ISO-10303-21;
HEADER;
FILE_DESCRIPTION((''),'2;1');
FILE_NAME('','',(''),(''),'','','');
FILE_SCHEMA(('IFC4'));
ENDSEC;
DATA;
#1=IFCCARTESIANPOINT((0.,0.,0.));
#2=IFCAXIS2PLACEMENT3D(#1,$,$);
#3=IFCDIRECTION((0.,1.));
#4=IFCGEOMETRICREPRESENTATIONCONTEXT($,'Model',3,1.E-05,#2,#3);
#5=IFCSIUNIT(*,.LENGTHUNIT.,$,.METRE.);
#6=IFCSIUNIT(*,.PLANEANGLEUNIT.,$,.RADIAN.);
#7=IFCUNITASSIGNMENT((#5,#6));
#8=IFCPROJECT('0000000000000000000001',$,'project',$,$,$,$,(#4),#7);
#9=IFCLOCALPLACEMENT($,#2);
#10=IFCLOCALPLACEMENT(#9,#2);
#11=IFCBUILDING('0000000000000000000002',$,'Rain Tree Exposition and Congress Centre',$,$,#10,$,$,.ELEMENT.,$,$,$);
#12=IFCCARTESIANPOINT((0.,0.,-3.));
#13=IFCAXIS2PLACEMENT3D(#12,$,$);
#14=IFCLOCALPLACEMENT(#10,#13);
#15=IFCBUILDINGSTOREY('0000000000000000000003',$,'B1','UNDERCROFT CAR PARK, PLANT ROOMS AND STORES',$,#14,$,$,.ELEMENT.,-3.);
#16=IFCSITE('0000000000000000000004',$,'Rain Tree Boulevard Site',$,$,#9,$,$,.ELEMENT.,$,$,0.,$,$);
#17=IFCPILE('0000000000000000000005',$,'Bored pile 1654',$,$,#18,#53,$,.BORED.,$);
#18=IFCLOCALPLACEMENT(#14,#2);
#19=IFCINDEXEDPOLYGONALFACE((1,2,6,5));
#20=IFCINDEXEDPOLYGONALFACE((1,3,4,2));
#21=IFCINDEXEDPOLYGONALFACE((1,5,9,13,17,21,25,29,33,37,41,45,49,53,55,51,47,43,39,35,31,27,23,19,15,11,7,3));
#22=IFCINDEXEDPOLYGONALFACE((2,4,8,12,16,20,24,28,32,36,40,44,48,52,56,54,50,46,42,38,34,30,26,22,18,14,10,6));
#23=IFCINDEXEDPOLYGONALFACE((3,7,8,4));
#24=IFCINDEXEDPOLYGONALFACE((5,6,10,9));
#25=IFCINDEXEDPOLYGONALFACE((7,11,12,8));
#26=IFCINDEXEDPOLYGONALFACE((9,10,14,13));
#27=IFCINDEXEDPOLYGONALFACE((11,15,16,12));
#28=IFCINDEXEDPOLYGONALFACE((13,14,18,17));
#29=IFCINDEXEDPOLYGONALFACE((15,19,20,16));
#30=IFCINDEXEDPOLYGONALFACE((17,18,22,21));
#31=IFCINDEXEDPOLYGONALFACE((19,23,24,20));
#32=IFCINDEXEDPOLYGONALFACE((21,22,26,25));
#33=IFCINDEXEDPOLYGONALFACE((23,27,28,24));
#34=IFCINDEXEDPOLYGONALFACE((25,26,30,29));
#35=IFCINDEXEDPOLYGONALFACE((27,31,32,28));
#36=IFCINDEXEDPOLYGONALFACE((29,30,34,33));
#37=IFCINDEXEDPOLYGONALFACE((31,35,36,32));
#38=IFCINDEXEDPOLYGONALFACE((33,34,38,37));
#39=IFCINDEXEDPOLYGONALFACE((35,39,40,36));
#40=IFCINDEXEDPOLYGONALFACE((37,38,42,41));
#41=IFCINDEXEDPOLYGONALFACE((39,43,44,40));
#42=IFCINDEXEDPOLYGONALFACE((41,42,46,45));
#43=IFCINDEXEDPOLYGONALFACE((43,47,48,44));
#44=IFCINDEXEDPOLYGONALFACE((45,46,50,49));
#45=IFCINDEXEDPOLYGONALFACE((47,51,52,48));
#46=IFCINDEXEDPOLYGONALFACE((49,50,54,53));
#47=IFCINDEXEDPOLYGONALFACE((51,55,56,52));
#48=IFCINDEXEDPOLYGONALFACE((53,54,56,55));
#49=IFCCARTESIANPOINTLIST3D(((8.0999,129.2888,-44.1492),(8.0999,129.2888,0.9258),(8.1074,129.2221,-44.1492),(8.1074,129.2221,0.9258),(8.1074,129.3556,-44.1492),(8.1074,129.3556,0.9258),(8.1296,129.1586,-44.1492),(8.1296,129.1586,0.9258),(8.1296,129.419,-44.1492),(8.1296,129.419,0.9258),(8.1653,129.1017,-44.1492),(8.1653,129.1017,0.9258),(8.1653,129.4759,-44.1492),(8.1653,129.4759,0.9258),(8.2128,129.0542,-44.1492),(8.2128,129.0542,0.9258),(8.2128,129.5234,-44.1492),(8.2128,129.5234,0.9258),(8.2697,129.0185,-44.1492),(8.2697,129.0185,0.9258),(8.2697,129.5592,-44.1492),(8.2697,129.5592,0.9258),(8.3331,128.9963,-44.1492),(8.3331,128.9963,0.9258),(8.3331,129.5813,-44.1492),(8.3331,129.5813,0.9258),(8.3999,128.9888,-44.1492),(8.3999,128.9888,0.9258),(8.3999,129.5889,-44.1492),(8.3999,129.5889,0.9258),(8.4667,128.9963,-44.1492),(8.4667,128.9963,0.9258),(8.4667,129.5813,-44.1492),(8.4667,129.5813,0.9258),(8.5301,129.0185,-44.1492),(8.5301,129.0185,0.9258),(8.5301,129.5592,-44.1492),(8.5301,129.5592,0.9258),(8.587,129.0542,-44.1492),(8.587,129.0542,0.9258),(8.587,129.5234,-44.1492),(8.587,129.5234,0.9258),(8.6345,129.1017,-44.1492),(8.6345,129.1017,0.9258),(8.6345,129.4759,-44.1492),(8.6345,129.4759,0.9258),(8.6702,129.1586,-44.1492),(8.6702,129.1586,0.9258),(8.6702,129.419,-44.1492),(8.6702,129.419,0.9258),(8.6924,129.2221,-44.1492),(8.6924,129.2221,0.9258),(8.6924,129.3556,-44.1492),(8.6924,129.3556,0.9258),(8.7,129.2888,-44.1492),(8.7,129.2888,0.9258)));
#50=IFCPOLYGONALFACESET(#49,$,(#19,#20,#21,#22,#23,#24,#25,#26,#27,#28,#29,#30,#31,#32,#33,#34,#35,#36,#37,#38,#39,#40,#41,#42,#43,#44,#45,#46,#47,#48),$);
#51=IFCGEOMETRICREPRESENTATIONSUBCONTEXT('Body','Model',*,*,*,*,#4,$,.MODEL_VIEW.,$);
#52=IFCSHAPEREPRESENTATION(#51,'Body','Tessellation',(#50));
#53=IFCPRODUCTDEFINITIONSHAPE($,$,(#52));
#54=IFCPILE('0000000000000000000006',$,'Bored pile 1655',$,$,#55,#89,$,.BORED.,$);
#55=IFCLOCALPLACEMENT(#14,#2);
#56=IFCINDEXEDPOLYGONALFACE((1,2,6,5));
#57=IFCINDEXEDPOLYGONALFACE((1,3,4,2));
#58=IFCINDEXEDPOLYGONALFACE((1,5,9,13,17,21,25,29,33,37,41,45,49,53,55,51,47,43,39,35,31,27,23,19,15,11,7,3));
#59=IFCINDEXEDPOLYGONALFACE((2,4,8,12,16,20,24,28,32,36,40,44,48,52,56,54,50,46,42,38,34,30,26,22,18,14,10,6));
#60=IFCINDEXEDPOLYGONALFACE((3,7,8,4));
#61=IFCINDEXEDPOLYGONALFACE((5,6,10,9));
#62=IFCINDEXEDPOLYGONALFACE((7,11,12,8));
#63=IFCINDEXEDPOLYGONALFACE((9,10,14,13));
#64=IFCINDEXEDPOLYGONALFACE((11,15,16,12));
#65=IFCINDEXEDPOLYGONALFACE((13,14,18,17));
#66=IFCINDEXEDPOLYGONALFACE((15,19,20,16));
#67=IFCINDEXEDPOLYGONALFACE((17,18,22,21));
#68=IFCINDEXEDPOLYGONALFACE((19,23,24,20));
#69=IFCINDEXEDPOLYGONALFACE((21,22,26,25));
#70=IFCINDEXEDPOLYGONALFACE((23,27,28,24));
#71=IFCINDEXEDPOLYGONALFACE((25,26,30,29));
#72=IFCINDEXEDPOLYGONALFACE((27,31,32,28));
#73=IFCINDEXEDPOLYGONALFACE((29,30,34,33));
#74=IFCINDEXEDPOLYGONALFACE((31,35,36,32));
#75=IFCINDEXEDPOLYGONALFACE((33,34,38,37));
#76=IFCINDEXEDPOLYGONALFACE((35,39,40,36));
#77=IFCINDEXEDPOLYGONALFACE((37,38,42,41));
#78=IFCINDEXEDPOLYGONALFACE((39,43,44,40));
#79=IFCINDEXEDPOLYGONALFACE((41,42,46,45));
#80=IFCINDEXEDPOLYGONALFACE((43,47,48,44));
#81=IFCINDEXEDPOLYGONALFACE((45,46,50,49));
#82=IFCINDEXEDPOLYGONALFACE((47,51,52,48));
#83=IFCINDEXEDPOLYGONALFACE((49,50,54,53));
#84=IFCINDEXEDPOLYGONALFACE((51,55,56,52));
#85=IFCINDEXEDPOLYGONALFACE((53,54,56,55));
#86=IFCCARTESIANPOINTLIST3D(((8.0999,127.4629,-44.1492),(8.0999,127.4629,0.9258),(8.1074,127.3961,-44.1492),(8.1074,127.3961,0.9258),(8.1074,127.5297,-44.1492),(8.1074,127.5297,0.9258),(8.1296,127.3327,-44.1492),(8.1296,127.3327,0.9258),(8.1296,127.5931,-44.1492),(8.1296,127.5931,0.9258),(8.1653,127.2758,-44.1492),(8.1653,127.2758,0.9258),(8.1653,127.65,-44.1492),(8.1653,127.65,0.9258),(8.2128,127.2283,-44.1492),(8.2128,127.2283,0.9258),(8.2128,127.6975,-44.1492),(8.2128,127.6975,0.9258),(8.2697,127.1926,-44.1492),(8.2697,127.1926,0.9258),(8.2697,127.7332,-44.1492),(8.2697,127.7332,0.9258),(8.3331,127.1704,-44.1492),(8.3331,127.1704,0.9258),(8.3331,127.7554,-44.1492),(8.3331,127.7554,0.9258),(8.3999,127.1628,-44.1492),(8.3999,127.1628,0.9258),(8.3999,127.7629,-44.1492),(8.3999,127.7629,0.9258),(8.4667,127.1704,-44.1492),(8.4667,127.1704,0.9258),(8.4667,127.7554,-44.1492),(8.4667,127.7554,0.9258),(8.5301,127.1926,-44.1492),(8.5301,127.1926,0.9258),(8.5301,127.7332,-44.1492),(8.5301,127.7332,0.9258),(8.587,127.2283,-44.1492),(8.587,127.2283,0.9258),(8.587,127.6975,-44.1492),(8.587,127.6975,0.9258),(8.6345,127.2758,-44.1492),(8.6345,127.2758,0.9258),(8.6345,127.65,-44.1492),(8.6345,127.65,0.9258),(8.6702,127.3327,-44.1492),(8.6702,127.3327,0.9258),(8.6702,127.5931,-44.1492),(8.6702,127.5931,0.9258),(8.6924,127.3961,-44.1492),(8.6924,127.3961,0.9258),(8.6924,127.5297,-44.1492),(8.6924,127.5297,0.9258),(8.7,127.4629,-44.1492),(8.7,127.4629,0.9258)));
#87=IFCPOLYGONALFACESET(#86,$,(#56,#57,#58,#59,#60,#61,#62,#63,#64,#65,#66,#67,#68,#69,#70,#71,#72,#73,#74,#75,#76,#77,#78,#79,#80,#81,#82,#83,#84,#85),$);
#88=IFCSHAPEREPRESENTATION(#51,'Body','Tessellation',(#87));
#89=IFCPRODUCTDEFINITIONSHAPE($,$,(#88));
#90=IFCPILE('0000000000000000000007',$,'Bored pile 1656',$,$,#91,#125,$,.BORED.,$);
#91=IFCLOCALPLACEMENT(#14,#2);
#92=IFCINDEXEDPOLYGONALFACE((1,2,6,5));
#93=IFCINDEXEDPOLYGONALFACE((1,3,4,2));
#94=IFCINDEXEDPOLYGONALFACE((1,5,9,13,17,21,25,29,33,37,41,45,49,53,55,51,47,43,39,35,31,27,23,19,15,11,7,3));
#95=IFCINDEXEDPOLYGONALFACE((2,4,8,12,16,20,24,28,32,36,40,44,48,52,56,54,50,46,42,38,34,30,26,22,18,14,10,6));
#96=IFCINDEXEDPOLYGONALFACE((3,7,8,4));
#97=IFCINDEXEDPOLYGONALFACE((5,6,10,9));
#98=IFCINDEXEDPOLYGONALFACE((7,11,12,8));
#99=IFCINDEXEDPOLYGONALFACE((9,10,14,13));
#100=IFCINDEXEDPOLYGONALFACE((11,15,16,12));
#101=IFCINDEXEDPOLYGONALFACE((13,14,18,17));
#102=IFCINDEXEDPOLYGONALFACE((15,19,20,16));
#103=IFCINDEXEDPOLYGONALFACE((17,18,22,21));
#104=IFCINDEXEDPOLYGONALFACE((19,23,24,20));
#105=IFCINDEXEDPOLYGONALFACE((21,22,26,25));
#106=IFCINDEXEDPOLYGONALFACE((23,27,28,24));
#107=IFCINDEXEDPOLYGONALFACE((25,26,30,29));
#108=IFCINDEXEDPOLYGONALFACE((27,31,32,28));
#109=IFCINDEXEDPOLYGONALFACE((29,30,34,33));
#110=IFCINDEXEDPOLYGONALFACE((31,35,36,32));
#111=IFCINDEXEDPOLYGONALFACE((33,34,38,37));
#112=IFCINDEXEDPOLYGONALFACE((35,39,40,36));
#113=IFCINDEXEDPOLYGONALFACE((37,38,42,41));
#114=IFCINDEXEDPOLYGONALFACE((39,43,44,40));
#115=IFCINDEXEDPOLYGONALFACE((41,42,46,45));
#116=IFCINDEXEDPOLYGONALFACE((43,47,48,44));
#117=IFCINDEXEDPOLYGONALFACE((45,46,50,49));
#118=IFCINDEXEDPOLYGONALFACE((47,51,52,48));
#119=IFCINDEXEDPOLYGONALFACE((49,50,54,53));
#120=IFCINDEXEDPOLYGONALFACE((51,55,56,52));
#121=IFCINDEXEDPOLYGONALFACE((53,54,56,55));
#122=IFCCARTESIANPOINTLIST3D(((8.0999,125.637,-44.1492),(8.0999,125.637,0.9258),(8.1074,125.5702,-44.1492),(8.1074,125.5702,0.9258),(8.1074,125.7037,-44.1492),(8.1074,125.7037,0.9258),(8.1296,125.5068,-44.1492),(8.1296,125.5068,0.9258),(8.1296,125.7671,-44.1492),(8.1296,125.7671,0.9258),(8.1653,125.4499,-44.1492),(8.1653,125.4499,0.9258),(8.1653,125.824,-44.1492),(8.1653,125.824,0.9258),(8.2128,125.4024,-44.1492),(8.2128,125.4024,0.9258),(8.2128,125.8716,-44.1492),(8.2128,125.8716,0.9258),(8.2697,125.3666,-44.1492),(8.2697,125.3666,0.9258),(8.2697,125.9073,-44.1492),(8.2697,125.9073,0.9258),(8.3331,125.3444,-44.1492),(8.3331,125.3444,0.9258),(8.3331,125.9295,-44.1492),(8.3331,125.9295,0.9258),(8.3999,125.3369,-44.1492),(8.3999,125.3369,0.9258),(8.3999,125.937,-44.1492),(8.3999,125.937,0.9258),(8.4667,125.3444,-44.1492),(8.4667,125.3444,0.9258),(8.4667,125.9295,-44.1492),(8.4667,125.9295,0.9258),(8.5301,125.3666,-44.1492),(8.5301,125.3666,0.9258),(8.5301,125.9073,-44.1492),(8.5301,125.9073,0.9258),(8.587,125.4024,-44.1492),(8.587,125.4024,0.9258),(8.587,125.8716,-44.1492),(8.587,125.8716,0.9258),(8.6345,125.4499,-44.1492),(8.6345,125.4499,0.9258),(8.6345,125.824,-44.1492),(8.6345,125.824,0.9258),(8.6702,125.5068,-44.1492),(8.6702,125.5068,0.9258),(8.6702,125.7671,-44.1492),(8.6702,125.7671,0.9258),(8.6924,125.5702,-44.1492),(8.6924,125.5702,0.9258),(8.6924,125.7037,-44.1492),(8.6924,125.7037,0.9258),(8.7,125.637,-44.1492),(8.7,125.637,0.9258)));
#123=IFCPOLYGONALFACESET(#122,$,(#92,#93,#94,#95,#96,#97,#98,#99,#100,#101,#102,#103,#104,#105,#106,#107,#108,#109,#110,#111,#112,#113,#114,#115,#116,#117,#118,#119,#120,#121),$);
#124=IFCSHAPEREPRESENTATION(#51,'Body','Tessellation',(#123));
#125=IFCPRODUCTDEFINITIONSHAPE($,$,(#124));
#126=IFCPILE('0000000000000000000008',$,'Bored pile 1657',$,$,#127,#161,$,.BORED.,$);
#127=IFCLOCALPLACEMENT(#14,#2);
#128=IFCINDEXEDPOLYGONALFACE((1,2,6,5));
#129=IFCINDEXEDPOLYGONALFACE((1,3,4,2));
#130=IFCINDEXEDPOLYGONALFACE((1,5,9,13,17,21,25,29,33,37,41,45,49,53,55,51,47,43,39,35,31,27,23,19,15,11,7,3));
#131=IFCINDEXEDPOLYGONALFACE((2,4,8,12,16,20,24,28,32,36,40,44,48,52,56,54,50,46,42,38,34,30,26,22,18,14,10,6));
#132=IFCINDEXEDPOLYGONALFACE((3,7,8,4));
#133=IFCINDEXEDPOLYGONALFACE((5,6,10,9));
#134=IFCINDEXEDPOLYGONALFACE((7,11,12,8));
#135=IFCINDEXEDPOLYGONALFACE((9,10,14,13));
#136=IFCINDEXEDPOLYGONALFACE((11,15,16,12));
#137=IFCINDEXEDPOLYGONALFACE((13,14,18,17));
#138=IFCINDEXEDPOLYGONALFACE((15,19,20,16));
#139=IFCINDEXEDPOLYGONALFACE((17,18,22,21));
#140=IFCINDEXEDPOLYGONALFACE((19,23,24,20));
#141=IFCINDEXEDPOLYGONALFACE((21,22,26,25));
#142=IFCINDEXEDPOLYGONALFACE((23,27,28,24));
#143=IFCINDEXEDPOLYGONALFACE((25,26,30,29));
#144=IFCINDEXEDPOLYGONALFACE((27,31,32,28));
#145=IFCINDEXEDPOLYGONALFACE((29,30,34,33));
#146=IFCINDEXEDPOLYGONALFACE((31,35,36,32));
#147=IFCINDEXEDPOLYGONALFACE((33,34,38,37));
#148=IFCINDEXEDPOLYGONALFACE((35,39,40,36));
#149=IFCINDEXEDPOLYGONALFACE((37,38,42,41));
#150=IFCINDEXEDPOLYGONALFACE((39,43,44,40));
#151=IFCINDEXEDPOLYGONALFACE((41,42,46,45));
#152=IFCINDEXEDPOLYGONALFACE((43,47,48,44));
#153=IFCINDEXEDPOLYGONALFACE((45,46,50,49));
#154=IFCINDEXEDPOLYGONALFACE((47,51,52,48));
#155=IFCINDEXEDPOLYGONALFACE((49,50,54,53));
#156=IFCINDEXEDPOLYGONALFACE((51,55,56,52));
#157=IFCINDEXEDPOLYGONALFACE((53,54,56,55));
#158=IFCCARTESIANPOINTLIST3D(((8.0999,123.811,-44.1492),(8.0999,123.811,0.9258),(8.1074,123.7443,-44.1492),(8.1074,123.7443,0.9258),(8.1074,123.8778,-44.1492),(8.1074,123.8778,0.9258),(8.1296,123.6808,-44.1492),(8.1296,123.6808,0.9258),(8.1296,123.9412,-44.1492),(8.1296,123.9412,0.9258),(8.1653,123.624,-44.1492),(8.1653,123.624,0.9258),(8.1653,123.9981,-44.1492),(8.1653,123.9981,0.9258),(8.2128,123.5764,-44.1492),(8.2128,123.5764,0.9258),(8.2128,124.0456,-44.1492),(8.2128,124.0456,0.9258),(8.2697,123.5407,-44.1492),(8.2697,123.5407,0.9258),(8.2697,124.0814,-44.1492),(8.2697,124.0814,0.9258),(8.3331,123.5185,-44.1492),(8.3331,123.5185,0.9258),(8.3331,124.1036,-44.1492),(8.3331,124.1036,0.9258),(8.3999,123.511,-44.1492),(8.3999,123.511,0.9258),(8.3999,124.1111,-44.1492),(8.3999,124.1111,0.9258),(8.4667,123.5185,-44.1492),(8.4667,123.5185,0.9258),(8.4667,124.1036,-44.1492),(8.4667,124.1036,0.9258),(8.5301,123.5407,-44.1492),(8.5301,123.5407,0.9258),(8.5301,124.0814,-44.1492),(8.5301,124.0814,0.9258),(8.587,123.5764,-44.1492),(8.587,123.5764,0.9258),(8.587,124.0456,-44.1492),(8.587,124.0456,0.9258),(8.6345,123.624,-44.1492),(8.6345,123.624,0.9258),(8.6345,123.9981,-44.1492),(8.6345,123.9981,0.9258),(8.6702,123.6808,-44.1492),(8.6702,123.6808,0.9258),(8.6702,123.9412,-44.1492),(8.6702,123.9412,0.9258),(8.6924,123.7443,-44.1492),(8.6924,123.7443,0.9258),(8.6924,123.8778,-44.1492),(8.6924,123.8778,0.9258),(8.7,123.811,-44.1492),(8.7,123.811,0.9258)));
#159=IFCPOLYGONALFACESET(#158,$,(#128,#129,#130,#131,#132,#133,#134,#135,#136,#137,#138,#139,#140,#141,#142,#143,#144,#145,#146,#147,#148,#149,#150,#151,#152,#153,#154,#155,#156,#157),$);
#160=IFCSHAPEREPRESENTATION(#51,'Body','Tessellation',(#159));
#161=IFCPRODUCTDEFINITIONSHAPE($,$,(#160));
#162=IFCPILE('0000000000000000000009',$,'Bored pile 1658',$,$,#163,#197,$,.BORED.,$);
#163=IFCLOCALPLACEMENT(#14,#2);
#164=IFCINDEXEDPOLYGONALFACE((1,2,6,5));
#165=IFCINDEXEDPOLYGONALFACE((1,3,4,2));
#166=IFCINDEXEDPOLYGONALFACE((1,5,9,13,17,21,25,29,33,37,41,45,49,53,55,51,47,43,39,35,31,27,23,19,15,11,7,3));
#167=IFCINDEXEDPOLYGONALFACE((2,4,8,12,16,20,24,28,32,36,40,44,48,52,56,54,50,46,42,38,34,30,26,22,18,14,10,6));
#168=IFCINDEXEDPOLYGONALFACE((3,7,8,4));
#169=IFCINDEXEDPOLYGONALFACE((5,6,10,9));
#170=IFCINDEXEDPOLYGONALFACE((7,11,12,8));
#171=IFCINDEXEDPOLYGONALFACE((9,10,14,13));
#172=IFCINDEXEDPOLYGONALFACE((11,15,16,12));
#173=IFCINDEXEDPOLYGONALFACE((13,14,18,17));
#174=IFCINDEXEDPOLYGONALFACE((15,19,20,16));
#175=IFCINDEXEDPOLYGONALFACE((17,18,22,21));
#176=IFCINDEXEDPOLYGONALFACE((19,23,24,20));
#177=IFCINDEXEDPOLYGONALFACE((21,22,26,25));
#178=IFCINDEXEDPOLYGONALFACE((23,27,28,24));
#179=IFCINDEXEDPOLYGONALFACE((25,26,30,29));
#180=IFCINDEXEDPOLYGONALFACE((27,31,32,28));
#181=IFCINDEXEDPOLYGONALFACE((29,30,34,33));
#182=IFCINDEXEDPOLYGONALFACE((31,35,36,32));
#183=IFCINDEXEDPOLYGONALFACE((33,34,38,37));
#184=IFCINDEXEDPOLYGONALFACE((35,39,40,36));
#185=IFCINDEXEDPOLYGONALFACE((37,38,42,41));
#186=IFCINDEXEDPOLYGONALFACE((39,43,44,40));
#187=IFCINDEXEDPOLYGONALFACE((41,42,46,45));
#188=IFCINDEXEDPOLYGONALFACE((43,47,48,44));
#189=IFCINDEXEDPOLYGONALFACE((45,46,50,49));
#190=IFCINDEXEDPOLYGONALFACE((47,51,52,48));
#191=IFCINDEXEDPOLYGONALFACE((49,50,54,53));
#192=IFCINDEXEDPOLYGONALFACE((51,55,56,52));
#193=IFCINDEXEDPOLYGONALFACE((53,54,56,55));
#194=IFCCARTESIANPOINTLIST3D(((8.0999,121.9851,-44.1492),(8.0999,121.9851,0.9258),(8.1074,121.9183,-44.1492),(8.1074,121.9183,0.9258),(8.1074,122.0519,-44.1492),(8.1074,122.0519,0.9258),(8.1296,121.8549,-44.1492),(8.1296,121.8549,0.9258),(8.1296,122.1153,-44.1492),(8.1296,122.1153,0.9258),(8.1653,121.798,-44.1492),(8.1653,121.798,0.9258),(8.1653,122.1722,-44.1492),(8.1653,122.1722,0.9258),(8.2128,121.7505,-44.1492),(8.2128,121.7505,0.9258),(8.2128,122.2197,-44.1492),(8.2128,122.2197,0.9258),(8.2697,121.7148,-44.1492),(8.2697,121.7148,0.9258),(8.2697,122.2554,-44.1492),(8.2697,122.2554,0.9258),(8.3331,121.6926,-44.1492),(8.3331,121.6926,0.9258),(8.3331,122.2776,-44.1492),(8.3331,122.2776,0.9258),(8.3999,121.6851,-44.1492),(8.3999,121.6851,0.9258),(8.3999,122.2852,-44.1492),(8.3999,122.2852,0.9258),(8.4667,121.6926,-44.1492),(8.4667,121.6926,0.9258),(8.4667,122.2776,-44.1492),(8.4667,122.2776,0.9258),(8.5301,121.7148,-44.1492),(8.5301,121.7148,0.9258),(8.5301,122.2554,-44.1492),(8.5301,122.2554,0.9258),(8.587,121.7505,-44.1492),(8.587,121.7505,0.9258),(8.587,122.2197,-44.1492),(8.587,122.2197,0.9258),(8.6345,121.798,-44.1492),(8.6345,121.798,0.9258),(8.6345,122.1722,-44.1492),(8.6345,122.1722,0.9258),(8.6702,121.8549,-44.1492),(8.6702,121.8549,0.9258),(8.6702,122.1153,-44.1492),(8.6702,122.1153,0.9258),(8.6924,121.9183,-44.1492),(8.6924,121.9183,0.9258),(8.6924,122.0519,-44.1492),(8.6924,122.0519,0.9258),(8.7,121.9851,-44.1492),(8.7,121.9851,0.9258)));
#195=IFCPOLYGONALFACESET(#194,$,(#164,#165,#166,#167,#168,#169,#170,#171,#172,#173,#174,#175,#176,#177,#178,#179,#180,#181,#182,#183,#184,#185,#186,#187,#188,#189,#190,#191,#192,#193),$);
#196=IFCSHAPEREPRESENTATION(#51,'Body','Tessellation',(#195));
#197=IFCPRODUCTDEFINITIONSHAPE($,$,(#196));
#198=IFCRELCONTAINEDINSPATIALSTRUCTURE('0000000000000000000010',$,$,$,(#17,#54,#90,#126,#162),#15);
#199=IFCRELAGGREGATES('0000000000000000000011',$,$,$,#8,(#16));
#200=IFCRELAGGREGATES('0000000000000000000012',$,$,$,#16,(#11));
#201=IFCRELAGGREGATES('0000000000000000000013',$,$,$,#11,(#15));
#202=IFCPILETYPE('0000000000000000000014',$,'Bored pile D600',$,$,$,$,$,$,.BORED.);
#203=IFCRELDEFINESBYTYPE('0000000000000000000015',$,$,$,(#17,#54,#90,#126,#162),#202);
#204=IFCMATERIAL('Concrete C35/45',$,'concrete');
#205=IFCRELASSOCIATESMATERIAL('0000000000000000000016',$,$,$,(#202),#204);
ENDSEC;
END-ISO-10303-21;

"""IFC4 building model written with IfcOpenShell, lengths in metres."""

from ifc_helpers import new_model, si_unit, direction, frame, origin, origin_2d, place, context, subcontext, project, spatial, circle, extrude, material, material_profile, profile_set, type_object, element, save


model = new_model("IFC4")

# Units and contexts
model_context = context("Model", 3, precision=1e-05, world=origin(), true_north=direction((0.0, 1.0)))
body_context = subcontext(model_context, "Body", "Model", "MODEL_VIEW")
ifc_project = project(units=[si_unit("LENGTHUNIT", "METRE"), si_unit("PLANEANGLEUNIT", "RADIAN")], contexts=[model_context])

# Site, building, storey
site_placement = place(None, origin())
site = spatial("IfcSite", under=ifc_project, at=site_placement, Name="Rain Tree Boulevard Site", CompositionType="ELEMENT", RefElevation=0.0)
building_placement = place(site_placement, origin())
building = spatial("IfcBuilding", under=site, at=building_placement, Name="Rain Tree Exposition and Congress Centre", CompositionType="ELEMENT")
storey_placement = place(building_placement, frame((0.0, 0.0, -3.0)))
storey = spatial("IfcBuildingStorey", under=building, at=storey_placement, Name="B1", Description="UNDERCROFT CAR PARK, PLANT ROOMS AND STORES", CompositionType="ELEMENT", Elevation=-3.0)

# Piles
ifc_material_1 = material(Name="Concrete C35/45", Category="concrete")
ifc_material_profile_1 = material_profile(ifc_material_1, circle(Radius=0.3, at=origin_2d()), Name="D600")
ifc_profile_set_1 = profile_set([ifc_material_profile_1], Name="Concrete C35/45")
pile_type_1 = type_object("IfcPileType", Name="Bored pile D600", PredefinedType="BORED", material=ifc_profile_set_1)
for number, where, z_axis, x_axis, name in (
    (1, (8.3999, 129.2888, 0.9258), (0.0, 0.0, -1.0), (1.0, 0.0, 0.0), "Bored pile 1654"),
    (2, (8.3999, 127.4629, 0.9258), (0.0, 0.0, -1.0), (1.0, 0.0, 0.0), "Bored pile 1655"),
    (3, (8.3999, 125.637, 0.9258), (0.0, 0.0, -1.0), (1.0, 0.0, 0.0), "Bored pile 1656"),
    (4, (8.3999, 123.811, 0.9258), (0.0, 0.0, -1.0), (1.0, 0.0, 0.0), "Bored pile 1657"),
    (5, (8.3999, 121.9851, 0.9258), (0.0, 0.0, -1.0), (1.0, 0.0, 0.0), "Bored pile 1658"),
):
    element("IfcPile", number, at=place(storey_placement, frame(where, z_axis=z_axis, x_axis=x_axis)), inside=storey, type_object=pile_type_1, Name=name, PredefinedType="BORED", context=body_context, shape_type="SweptSolid", body=[
        extrude(circle(Radius=0.3, at=origin_2d()), origin(), (0.0, 0.0, 1.0), 45.075),
    ])

save(model, "model.ifc")
